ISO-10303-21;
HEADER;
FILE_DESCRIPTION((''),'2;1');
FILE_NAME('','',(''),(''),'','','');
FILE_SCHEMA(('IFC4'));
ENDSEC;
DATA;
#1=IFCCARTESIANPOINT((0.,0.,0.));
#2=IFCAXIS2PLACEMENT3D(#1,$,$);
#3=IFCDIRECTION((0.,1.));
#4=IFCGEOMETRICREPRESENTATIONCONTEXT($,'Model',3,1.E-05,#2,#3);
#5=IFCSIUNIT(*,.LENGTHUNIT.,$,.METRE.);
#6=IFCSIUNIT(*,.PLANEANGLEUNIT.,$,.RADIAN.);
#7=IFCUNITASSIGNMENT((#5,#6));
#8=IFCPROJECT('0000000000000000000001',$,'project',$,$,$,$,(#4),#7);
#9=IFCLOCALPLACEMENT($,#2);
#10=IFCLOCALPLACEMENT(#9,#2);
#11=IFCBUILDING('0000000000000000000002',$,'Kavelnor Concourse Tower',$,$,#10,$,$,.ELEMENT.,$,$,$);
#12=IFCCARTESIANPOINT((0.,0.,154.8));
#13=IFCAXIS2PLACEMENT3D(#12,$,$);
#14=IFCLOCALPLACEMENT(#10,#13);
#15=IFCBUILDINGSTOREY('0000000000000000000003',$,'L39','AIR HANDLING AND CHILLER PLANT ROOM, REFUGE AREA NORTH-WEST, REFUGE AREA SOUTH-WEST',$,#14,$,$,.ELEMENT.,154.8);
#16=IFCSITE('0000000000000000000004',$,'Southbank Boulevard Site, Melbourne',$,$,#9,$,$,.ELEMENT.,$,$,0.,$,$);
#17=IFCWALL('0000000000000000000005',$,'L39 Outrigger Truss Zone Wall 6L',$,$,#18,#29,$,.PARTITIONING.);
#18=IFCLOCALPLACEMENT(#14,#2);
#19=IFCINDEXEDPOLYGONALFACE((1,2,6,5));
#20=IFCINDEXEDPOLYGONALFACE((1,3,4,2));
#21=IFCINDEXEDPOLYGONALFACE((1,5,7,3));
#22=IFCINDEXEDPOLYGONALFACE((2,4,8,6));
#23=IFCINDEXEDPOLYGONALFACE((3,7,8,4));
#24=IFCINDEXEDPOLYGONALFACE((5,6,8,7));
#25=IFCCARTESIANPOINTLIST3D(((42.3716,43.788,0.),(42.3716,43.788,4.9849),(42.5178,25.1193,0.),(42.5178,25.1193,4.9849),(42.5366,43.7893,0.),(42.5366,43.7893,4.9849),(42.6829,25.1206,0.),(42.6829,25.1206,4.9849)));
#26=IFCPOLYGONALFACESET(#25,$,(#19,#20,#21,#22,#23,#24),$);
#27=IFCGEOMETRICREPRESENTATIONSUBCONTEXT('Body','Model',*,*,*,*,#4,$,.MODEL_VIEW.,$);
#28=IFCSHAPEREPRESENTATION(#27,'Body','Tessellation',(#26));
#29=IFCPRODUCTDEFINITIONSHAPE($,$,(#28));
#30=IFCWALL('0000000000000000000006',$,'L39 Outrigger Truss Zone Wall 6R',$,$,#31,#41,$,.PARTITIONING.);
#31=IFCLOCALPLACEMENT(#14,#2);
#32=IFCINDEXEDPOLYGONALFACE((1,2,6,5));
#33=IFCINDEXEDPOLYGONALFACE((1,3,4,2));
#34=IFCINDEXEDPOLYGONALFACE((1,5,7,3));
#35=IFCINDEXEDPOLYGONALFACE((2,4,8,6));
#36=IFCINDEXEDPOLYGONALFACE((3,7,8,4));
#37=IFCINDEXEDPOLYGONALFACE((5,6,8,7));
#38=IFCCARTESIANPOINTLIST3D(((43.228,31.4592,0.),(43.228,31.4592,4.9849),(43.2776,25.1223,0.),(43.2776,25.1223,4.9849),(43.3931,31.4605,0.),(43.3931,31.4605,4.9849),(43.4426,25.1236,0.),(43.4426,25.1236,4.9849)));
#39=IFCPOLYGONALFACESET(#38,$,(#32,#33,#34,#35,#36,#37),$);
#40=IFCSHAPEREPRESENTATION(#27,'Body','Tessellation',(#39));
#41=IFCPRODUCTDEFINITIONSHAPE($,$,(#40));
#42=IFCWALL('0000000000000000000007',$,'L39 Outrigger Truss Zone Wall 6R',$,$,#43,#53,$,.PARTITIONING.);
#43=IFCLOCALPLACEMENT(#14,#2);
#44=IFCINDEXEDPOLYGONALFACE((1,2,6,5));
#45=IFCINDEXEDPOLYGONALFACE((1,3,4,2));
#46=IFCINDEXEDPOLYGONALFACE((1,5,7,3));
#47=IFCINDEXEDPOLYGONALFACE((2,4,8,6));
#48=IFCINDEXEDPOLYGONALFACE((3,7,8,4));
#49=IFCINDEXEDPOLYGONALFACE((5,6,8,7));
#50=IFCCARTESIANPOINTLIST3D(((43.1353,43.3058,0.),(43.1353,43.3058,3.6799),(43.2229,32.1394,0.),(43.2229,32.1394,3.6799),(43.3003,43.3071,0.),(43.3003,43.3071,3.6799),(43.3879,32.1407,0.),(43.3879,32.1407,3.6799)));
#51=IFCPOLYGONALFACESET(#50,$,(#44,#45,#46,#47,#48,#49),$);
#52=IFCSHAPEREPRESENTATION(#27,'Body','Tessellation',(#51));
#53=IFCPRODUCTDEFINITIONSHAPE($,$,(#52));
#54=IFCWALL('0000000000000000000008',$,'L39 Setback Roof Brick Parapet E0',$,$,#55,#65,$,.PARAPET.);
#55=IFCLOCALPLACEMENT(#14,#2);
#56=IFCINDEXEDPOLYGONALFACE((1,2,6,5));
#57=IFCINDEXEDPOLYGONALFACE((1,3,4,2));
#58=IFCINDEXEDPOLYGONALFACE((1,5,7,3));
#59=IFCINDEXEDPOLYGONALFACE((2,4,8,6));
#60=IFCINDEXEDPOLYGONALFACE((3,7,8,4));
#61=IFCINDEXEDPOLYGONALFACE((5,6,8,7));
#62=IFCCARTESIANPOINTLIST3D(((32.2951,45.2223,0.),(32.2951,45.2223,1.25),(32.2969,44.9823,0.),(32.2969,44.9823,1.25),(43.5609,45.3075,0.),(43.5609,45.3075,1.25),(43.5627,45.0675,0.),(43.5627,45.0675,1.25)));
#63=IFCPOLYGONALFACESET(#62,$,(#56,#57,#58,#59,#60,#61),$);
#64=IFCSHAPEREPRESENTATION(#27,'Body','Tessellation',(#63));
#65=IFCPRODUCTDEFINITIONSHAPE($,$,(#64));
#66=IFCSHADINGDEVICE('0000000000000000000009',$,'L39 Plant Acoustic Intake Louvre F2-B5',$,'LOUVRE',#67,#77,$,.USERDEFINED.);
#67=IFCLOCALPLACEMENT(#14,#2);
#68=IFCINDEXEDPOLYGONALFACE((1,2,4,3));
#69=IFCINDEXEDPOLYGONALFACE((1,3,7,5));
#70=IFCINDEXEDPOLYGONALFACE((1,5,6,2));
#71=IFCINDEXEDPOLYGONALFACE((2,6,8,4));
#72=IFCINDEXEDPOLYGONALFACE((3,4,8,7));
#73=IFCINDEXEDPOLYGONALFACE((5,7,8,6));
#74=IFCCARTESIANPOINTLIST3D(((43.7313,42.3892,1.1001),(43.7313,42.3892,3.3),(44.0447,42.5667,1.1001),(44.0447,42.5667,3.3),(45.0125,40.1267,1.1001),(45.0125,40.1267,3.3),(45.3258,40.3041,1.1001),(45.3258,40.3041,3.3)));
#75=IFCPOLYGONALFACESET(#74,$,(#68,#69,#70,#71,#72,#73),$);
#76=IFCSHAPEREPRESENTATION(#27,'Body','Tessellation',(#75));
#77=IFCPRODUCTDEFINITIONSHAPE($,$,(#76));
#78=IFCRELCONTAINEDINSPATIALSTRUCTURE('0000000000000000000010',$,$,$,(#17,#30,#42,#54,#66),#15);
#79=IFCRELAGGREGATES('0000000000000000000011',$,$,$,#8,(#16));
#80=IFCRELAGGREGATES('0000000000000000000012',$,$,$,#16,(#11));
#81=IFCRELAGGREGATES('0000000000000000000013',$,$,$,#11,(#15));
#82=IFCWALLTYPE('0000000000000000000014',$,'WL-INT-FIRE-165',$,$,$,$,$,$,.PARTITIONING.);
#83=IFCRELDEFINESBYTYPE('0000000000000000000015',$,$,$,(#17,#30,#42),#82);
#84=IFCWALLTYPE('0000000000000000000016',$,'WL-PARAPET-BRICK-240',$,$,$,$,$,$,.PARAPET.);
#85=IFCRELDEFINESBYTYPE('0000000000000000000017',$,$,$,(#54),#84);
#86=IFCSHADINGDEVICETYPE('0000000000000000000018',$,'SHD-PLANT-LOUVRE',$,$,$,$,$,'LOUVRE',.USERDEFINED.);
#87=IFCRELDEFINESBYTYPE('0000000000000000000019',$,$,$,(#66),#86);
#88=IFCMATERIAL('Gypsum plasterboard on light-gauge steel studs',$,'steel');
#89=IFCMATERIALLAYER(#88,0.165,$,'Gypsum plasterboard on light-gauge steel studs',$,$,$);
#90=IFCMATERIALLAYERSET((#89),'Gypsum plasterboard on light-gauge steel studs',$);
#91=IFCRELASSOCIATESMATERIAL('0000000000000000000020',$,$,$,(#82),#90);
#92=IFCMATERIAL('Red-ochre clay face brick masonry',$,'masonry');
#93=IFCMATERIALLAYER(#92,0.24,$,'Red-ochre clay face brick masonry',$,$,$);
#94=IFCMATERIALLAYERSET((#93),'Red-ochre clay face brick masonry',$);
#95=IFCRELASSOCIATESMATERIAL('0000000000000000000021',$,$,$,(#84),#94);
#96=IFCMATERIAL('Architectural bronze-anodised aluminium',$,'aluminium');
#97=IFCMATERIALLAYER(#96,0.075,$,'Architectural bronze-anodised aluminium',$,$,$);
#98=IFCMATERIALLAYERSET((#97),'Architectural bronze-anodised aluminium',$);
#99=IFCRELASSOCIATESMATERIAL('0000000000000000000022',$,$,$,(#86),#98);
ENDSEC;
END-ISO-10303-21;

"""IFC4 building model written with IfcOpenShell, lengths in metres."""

from ifc_helpers import new_model, si_unit, direction, frame, frame_2d, origin, origin_2d, place, context, subcontext, project, spatial, rectangle, extrude, material, layer, layer_set, type_object, element, save


model = new_model("IFC4")

# Units and contexts
model_context = context("Model", 3, precision=1e-05, world=origin(), true_north=direction((0.0, 1.0)))
body_context = subcontext(model_context, "Body", "Model", "MODEL_VIEW")
ifc_project = project(units=[si_unit("LENGTHUNIT", "METRE"), si_unit("PLANEANGLEUNIT", "RADIAN")], contexts=[model_context])

# Site, building, storey
site_placement = place(None, origin())
site = spatial("IfcSite", under=ifc_project, at=site_placement, Name="Southbank Boulevard Site, Melbourne", CompositionType="ELEMENT", RefElevation=0.0)
building_placement = place(site_placement, origin())
building = spatial("IfcBuilding", under=site, at=building_placement, Name="Kavelnor Concourse Tower", CompositionType="ELEMENT")
storey_placement = place(building_placement, frame((0.0, 0.0, 154.8)))
storey = spatial("IfcBuildingStorey", under=building, at=storey_placement, Name="L39", Description="AIR HANDLING AND CHILLER PLANT ROOM, REFUGE AREA NORTH-WEST, REFUGE AREA SOUTH-WEST", CompositionType="ELEMENT", Elevation=154.8)

# Walls
ifc_material_1 = material(Name="Gypsum plasterboard on light-gauge steel studs", Category="steel")
ifc_layer_1 = layer(ifc_material_1, 0.165, Name="Gypsum plasterboard on light-gauge steel studs")
ifc_layer_set_1 = layer_set([ifc_layer_1], Name="Gypsum plasterboard on light-gauge steel studs")
wall_type_1 = type_object("IfcWallType", Name="WL-INT-FIRE-165", PredefinedType="PARTITIONING", material=ifc_layer_set_1)
wall_1_placement = place(storey_placement, frame((42.6003, 25.1201, 0.0), z_axis=(0.0, 0.0, 1.0), x_axis=(-0.007833, 0.999969, 0.0)))
element("IfcWall", 1, at=wall_1_placement, inside=storey, type_object=wall_type_1, Name="L39 Outrigger Truss Zone Wall 6L", PredefinedType="PARTITIONING", context=body_context, shape_type="SweptSolid", body=[
    extrude(rectangle(XDim=18.6692, YDim=0.165, at=frame_2d((9.3345, 0.0))), origin(), (0.0, 0.0, 1.0), 4.9849),
])
wall_2_placement = place(storey_placement, frame((43.3601, 25.123, 0.0), z_axis=(0.0, 0.0, 1.0), x_axis=(-0.007821, 0.999969, 0.0)))
element("IfcWall", 2, at=wall_2_placement, inside=storey, type_object=wall_type_1, Name="L39 Outrigger Truss Zone Wall 6R", PredefinedType="PARTITIONING", context=body_context, shape_type="SweptSolid", body=[
    extrude(rectangle(XDim=6.3372, YDim=0.165, at=frame_2d((3.1685, 0.0))), origin(), (0.0, 0.0, 1.0), 4.9849),
])
wall_3_placement = place(storey_placement, frame((43.3054, 32.1399, 0.0), z_axis=(0.0, 0.0, 1.0), x_axis=(-0.007849, 0.999969, 0.0)))
element("IfcWall", 3, at=wall_3_placement, inside=storey, type_object=wall_type_1, Name="L39 Outrigger Truss Zone Wall 6R", PredefinedType="PARTITIONING", context=body_context, shape_type="SweptSolid", body=[
    extrude(rectangle(XDim=11.1667, YDim=0.165, at=frame_2d((5.5835, 0.0))), origin(), (0.0, 0.0, 1.0), 3.6799),
])
ifc_material_2 = material(Name="Red-ochre clay face brick masonry", Category="masonry")
ifc_layer_2 = layer(ifc_material_2, 0.24, Name="Red-ochre clay face brick masonry")
ifc_layer_set_2 = layer_set([ifc_layer_2], Name="Red-ochre clay face brick masonry")
wall_type_2 = type_object("IfcWallType", Name="WL-PARAPET-BRICK-240", PredefinedType="PARAPET", material=ifc_layer_set_2)
wall_4_placement = place(storey_placement, frame((43.5618, 45.1875, 0.0), z_axis=(0.0, 0.0, 1.0), x_axis=(-0.999971, -0.007563, 0.0)))
element("IfcWall", 4, at=wall_4_placement, inside=storey, type_object=wall_type_2, Name="L39 Setback Roof Brick Parapet E0", PredefinedType="PARAPET", context=body_context, shape_type="SweptSolid", body=[
    extrude(rectangle(XDim=11.2661, YDim=0.24, at=frame_2d((5.6331, 0.0))), origin(), (0.0, 0.0, 1.0), 1.25),
])

# Shading device
ifc_material_3 = material(Name="Architectural bronze-anodised aluminium", Category="aluminium")
ifc_layer_3 = layer(ifc_material_3, 0.075, Name="Architectural bronze-anodised aluminium")
ifc_layer_set_3 = layer_set([ifc_layer_3], Name="Architectural bronze-anodised aluminium")
shading_device_type = type_object("IfcShadingDeviceType", Name="SHD-PLANT-LOUVRE", ElementType="LOUVRE", PredefinedType="USERDEFINED", material=ifc_layer_set_3)
shading_device_placement = place(storey_placement, frame((44.5286, 41.3467, 1.1001), z_axis=(0.0, 0.0, 1.0), x_axis=(0.492727, -0.870184, 0.0)))
element("IfcShadingDevice", 5, at=shading_device_placement, inside=storey, type_object=shading_device_type, Name="L39 Plant Acoustic Intake Louvre F2-B5", ObjectType="LOUVRE", PredefinedType="USERDEFINED", context=body_context, shape_type="SweptSolid", body=[
    extrude(rectangle(XDim=2.6001, YDim=0.3601, at=origin_2d()), origin(), (0.0, 0.0, 1.0), 2.2),
])

save(model, "model.ifc")
